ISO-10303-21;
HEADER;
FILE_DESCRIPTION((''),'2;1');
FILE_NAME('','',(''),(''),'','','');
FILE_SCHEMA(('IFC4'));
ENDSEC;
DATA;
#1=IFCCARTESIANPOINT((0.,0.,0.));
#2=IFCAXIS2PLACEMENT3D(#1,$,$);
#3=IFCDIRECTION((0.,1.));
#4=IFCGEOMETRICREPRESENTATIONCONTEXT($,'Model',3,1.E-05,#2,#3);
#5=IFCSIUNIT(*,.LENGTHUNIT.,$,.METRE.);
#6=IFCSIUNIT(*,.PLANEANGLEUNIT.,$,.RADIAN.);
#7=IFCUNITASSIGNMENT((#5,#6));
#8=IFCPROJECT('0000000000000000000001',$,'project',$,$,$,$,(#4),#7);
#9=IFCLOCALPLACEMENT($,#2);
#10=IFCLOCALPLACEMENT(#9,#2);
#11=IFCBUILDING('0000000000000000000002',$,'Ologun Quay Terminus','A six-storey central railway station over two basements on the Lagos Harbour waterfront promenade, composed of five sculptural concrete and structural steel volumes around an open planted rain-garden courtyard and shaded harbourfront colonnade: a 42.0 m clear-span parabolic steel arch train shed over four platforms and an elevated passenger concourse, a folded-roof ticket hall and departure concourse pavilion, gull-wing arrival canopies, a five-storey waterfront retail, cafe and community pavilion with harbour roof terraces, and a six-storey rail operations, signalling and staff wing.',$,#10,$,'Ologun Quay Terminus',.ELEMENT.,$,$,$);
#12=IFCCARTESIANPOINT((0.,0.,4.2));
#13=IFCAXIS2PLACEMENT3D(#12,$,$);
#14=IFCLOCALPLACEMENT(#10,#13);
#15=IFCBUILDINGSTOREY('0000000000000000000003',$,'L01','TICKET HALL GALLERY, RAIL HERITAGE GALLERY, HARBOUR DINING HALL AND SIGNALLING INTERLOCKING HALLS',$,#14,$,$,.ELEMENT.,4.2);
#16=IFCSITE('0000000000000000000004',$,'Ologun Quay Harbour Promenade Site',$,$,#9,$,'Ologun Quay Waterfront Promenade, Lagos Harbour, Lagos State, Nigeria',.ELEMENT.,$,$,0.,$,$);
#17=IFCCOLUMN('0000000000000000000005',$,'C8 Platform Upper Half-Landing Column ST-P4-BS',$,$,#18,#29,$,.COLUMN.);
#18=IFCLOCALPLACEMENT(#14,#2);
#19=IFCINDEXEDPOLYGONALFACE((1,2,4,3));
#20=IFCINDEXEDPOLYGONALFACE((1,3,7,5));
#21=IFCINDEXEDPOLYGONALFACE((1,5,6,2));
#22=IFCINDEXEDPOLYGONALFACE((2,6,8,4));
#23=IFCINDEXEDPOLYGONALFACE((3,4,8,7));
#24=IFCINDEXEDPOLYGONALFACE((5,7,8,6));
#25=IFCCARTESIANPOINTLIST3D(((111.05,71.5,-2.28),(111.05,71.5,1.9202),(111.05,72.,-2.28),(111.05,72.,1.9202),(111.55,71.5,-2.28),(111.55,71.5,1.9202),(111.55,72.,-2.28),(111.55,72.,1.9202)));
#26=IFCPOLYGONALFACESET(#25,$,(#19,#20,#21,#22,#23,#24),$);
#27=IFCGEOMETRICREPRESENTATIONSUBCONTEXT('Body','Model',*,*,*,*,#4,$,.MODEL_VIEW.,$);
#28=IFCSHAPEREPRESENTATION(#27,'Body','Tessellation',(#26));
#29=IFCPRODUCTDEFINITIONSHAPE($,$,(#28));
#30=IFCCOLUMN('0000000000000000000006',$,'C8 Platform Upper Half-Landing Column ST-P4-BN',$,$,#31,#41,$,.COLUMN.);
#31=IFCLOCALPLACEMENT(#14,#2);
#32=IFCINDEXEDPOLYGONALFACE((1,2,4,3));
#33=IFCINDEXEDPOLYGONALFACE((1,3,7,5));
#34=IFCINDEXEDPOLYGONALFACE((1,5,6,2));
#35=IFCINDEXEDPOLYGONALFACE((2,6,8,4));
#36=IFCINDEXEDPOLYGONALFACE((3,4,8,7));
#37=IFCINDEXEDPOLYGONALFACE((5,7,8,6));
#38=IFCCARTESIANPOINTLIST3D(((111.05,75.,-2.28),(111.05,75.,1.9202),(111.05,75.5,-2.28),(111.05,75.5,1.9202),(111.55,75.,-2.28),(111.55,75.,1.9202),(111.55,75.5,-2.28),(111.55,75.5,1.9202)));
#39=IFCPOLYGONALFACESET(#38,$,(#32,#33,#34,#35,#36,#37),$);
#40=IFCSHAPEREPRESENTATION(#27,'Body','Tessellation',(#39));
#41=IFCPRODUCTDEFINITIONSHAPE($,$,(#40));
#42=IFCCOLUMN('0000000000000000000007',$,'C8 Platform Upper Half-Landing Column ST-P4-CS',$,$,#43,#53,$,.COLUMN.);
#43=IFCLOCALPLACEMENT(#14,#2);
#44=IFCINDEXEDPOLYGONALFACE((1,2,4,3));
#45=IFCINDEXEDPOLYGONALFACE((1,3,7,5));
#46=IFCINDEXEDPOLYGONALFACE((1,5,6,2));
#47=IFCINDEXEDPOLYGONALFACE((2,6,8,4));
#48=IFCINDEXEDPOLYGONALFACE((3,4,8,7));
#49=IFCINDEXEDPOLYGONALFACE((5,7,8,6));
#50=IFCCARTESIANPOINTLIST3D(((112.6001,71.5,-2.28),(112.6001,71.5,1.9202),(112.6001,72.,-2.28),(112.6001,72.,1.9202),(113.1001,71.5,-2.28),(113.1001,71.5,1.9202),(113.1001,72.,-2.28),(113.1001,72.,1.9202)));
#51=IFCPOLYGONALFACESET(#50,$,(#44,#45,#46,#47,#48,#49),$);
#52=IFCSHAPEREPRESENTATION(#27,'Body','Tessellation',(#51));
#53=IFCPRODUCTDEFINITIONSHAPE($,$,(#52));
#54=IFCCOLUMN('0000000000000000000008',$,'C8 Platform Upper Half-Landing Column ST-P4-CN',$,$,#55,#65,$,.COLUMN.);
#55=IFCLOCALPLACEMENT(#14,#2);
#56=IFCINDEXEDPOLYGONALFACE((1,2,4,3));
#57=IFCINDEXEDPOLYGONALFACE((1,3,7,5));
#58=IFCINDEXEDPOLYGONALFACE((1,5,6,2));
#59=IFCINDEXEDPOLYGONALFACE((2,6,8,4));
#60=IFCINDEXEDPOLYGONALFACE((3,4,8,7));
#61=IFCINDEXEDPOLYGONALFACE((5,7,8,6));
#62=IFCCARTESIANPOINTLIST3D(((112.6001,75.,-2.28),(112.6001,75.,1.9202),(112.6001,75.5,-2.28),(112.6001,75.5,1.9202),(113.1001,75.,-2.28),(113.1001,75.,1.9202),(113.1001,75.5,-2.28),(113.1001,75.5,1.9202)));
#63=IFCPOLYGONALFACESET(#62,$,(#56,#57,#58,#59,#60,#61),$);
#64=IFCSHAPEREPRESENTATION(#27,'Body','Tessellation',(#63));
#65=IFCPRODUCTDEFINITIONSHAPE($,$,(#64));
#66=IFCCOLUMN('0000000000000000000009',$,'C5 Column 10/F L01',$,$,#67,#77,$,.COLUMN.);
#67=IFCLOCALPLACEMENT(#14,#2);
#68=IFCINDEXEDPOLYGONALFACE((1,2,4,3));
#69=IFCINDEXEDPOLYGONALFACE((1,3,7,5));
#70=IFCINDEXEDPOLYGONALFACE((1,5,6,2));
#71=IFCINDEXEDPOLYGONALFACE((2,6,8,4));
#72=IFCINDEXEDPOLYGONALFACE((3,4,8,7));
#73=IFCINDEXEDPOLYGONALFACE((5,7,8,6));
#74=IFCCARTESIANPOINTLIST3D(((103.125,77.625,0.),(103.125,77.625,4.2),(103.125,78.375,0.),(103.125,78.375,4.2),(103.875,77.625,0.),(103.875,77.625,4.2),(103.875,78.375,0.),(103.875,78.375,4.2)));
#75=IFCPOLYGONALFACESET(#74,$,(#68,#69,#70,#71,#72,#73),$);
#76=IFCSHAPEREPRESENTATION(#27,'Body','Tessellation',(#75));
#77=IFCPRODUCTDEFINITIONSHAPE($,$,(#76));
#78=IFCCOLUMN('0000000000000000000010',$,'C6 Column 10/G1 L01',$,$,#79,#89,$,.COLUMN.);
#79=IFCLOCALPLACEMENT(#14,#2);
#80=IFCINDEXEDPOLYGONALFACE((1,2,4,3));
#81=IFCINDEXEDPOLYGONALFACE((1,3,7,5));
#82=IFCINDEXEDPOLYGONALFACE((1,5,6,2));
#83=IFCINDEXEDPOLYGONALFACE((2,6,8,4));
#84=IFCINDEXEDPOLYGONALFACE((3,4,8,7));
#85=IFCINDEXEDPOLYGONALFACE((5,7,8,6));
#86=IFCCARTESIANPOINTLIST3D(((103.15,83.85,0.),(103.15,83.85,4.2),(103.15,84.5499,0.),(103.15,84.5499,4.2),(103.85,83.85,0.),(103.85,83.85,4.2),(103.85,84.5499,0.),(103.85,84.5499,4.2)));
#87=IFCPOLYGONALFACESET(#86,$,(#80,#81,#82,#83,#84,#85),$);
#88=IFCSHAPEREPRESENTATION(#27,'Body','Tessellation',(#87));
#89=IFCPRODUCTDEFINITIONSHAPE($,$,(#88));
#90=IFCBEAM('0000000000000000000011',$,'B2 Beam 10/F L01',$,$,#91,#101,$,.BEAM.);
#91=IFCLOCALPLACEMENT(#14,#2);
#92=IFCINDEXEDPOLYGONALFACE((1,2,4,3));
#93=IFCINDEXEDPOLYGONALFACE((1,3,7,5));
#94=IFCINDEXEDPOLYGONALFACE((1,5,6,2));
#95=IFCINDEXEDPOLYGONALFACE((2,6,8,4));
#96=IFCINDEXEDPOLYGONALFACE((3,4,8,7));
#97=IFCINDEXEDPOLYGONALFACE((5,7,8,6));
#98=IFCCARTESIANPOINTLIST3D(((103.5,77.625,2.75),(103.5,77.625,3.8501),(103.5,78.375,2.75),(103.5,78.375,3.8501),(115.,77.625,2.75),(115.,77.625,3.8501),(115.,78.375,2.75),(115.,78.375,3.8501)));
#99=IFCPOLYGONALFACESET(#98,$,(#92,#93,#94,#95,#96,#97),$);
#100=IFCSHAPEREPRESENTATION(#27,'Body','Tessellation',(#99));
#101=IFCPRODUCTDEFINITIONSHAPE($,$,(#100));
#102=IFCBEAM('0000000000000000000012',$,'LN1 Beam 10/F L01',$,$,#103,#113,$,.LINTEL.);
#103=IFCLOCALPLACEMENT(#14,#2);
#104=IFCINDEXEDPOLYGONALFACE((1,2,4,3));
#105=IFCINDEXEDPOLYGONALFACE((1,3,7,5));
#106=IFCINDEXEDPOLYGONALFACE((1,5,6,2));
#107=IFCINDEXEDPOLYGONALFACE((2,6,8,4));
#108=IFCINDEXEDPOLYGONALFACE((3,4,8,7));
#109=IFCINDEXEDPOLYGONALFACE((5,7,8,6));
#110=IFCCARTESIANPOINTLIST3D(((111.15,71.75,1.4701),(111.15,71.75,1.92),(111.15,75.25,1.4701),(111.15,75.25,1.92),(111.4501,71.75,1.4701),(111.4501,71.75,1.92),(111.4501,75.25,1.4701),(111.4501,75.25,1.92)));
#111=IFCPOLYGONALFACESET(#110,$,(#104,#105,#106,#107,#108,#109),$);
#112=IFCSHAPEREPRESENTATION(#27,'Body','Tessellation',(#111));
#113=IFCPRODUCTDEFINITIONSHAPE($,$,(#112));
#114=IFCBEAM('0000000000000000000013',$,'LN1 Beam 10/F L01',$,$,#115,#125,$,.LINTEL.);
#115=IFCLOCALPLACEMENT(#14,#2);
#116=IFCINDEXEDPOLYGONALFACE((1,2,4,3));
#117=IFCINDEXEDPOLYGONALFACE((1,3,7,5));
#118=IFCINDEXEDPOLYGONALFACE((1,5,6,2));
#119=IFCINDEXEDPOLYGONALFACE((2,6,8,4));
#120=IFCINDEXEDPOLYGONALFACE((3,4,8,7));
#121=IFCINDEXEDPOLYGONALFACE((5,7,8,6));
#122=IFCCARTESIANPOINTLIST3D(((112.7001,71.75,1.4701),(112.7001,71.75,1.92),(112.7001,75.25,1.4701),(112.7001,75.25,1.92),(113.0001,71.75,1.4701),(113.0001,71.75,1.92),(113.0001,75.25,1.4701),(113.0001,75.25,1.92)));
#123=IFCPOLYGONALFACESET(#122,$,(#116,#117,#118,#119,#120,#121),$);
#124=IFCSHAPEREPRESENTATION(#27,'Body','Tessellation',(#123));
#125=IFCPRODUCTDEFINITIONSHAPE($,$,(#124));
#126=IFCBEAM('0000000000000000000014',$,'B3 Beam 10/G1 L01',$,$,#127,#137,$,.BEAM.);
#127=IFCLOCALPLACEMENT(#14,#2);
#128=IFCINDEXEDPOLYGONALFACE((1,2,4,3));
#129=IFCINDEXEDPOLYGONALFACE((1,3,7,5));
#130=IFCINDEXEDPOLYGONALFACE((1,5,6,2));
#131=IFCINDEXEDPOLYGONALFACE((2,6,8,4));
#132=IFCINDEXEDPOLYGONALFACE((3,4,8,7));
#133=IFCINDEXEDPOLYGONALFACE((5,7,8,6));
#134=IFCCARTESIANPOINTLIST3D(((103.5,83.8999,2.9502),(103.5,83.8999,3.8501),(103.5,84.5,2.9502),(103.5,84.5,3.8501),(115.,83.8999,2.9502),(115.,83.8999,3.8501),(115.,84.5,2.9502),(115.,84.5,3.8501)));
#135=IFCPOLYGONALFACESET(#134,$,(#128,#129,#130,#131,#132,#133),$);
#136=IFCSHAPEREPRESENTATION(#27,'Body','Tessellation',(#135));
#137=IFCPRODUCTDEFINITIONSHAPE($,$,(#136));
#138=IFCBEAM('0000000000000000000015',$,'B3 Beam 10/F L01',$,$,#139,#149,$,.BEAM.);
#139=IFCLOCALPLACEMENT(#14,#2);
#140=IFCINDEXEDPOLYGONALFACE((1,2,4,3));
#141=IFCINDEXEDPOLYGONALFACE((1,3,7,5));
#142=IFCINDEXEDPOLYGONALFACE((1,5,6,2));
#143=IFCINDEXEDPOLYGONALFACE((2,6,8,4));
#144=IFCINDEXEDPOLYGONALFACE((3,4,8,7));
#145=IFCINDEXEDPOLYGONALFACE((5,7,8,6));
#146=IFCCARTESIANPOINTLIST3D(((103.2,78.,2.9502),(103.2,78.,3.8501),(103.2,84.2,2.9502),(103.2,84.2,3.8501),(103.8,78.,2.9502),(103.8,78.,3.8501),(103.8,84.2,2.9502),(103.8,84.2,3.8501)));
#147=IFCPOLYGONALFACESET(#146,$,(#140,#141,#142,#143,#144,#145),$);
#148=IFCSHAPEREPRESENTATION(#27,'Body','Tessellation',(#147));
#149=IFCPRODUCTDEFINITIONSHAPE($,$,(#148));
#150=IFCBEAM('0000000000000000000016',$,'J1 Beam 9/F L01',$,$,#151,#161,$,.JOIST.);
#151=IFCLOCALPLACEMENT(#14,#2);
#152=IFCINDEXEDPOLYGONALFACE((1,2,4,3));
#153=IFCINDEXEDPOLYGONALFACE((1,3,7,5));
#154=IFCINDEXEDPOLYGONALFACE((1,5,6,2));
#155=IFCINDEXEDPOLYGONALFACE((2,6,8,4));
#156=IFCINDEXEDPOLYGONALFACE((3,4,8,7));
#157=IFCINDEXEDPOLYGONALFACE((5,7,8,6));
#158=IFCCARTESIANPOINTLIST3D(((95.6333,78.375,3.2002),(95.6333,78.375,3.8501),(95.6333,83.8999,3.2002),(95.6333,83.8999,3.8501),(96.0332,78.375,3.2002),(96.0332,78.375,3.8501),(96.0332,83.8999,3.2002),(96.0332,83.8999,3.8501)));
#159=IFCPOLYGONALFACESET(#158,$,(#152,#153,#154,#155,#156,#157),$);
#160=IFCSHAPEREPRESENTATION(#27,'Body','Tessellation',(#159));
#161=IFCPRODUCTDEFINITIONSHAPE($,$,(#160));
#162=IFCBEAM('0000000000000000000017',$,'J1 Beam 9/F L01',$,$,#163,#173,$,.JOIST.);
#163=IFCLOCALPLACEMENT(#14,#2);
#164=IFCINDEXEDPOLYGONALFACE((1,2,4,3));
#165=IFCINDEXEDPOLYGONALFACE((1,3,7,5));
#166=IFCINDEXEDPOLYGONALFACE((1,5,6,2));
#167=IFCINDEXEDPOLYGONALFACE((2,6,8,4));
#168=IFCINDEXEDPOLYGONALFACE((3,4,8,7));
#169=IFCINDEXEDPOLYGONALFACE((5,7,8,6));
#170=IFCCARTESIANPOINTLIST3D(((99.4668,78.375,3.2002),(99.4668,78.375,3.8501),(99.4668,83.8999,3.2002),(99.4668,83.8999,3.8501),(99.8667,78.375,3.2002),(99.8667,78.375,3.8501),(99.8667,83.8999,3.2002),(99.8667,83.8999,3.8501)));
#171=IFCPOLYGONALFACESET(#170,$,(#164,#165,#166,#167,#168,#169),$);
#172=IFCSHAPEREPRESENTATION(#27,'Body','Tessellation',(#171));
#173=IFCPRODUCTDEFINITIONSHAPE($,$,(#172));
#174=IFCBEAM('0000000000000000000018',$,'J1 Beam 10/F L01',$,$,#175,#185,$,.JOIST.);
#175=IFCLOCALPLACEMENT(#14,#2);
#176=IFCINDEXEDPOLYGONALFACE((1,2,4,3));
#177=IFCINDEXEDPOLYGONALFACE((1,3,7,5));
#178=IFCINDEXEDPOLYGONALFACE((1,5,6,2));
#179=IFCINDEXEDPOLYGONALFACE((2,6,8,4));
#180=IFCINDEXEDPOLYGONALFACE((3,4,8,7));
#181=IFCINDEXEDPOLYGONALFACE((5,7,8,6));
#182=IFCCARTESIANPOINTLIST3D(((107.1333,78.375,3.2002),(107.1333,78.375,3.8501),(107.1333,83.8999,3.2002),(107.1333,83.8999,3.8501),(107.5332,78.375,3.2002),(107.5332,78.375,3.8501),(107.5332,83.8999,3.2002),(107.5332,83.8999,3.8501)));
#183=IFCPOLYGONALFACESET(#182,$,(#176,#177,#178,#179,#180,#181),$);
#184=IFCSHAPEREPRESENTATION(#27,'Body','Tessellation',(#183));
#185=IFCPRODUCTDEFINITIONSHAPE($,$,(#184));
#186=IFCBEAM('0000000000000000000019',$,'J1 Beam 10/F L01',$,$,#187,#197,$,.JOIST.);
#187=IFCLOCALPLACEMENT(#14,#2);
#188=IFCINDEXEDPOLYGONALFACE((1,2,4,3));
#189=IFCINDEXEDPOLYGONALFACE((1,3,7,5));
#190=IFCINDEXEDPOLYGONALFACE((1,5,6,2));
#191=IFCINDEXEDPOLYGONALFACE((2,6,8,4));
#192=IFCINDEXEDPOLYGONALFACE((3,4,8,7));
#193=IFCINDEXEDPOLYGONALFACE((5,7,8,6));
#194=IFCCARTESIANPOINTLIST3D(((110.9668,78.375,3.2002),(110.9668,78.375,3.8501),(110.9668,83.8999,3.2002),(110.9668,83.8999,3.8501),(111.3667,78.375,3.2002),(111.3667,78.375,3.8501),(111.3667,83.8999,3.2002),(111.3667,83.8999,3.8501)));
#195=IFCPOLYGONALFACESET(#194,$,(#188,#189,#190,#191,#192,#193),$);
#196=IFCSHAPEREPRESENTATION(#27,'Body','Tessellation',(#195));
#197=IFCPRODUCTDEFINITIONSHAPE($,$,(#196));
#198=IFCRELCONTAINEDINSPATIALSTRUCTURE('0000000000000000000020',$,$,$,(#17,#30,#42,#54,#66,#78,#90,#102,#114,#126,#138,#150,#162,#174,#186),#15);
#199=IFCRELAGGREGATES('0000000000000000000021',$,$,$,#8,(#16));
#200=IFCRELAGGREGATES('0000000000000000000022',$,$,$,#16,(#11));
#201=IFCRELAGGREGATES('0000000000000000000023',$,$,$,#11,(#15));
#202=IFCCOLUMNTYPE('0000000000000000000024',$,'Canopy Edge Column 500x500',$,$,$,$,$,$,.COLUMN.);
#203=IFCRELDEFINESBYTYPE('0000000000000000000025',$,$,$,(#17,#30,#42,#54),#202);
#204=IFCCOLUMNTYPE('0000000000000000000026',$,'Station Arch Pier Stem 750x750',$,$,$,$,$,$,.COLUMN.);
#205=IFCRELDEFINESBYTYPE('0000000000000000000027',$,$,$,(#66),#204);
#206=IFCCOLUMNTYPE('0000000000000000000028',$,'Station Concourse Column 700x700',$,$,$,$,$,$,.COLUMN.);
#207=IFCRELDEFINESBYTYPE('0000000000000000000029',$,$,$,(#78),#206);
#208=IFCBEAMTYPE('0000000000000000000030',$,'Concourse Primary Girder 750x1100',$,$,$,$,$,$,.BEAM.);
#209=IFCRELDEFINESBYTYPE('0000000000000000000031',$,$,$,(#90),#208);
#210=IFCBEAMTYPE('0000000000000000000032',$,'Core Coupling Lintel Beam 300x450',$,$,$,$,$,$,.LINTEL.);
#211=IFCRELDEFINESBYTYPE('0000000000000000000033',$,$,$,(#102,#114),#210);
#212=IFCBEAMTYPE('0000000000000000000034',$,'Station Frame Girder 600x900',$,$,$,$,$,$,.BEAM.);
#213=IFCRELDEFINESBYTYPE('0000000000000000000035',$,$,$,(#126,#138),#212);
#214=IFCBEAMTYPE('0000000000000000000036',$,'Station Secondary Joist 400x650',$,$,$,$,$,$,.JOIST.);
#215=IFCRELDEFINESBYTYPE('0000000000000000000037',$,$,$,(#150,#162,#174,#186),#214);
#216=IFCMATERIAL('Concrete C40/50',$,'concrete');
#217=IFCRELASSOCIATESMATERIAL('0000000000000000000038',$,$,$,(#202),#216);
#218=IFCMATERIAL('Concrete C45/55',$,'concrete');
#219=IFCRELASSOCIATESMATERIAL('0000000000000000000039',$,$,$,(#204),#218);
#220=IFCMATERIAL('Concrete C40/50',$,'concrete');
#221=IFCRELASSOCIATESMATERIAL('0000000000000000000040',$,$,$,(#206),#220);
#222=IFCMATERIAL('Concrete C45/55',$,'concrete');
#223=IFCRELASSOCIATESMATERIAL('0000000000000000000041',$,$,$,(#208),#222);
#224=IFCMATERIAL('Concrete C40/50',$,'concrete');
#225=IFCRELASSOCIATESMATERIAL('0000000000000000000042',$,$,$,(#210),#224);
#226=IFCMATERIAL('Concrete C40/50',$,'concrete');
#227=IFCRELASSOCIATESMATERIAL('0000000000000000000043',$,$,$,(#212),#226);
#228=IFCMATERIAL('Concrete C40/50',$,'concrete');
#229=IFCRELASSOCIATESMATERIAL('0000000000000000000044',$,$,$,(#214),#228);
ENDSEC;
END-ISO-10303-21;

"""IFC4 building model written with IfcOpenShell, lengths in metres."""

from ifc_helpers import new_model, si_unit, direction, frame, origin, origin_2d, place, context, subcontext, project, spatial, rectangle, extrude, material, material_profile, profile_set, type_object, element, save


model = new_model("IFC4")

# Units and contexts
model_context = context("Model", 3, precision=1e-05, world=origin(), true_north=direction((0.0, 1.0)))
body_context = subcontext(model_context, "Body", "Model", "MODEL_VIEW")
ifc_project = project(units=[si_unit("LENGTHUNIT", "METRE"), si_unit("PLANEANGLEUNIT", "RADIAN")], contexts=[model_context])

# Site, building, storey
site_placement = place(None, origin())
site = spatial("IfcSite", under=ifc_project, at=site_placement, Name="Ologun Quay Harbour Promenade Site", LongName="Ologun Quay Waterfront Promenade, Lagos Harbour, Lagos State, Nigeria", CompositionType="ELEMENT", RefElevation=0.0)
building_placement = place(site_placement, origin())
building = spatial("IfcBuilding", under=site, at=building_placement, Name="Ologun Quay Terminus", Description="A six-storey central railway station over two basements on the Lagos Harbour waterfront promenade, composed of five sculptural concrete and structural steel volumes around an open planted rain-garden courtyard and shaded harbourfront colonnade: a 42.0 m clear-span parabolic steel arch train shed over four platforms and an elevated passenger concourse, a folded-roof ticket hall and departure concourse pavilion, gull-wing arrival canopies, a five-storey waterfront retail, cafe and community pavilion with harbour roof terraces, and a six-storey rail operations, signalling and staff wing.", LongName="Ologun Quay Terminus", CompositionType="ELEMENT")
storey_placement = place(building_placement, frame((0.0, 0.0, 4.2)))
storey = spatial("IfcBuildingStorey", under=building, at=storey_placement, Name="L01", Description="TICKET HALL GALLERY, RAIL HERITAGE GALLERY, HARBOUR DINING HALL AND SIGNALLING INTERLOCKING HALLS", CompositionType="ELEMENT", Elevation=4.2)

# Columns
ifc_material_1 = material(Name="Concrete C40/50", Category="concrete")
ifc_material_profile_1 = material_profile(ifc_material_1, rectangle(XDim=0.5, YDim=0.5, at=origin_2d()), Name="RC 500x500")
ifc_profile_set_1 = profile_set([ifc_material_profile_1], Name="Concrete C40/50")
column_type_1 = type_object("IfcColumnType", Name="Canopy Edge Column 500x500", PredefinedType="COLUMN", material=ifc_profile_set_1)
for number, where, z_axis, x_axis, name in (
    (1, (111.3, 71.75, -2.28), (0.0, 0.0, 1.0), (1.0, 0.0, 0.0), "C8 Platform Upper Half-Landing Column ST-P4-BS"),
    (2, (111.3, 75.25, -2.28), (0.0, 0.0, 1.0), (1.0, 0.0, 0.0), "C8 Platform Upper Half-Landing Column ST-P4-BN"),
    (3, (112.8501, 71.75, -2.28), (0.0, 0.0, 1.0), (1.0, 0.0, 0.0), "C8 Platform Upper Half-Landing Column ST-P4-CS"),
    (4, (112.8501, 75.25, -2.28), (0.0, 0.0, 1.0), (1.0, 0.0, 0.0), "C8 Platform Upper Half-Landing Column ST-P4-CN"),
):
    element("IfcColumn", number, at=place(storey_placement, frame(where, z_axis=z_axis, x_axis=x_axis)), inside=storey, type_object=column_type_1, Name=name, PredefinedType="COLUMN", context=body_context, shape_type="SweptSolid", body=[
        extrude(rectangle(XDim=0.5, YDim=0.5, at=origin_2d()), origin(), (0.0, 0.0, 1.0), 4.2002),
    ])
ifc_material_2 = material(Name="Concrete C45/55", Category="concrete")
ifc_material_profile_2 = material_profile(ifc_material_2, rectangle(XDim=0.75, YDim=0.75, at=origin_2d()), Name="RC 750x750")
ifc_profile_set_2 = profile_set([ifc_material_profile_2], Name="Concrete C45/55")
column_type_2 = type_object("IfcColumnType", Name="Station Arch Pier Stem 750x750", PredefinedType="COLUMN", material=ifc_profile_set_2)
column_1_placement = place(storey_placement, frame((103.5, 78.0, 0.0), z_axis=(0.0, 0.0, 1.0), x_axis=(1.0, 0.0, 0.0)))
element("IfcColumn", 5, at=column_1_placement, inside=storey, type_object=column_type_2, Name="C5 Column 10/F L01", PredefinedType="COLUMN", context=body_context, shape_type="SweptSolid", body=[
    extrude(rectangle(XDim=0.75, YDim=0.75, at=origin_2d()), origin(), (0.0, 0.0, 1.0), 4.2),
])
ifc_material_3 = material(Name="Concrete C40/50", Category="concrete")
ifc_material_profile_3 = material_profile(ifc_material_3, rectangle(XDim=0.7, YDim=0.7, at=origin_2d()), Name="RC 700x700")
ifc_profile_set_3 = profile_set([ifc_material_profile_3], Name="Concrete C40/50")
column_type_3 = type_object("IfcColumnType", Name="Station Concourse Column 700x700", PredefinedType="COLUMN", material=ifc_profile_set_3)
column_2_placement = place(storey_placement, frame((103.5, 84.2, 0.0), z_axis=(0.0, 0.0, 1.0), x_axis=(1.0, 0.0, 0.0)))
element("IfcColumn", 6, at=column_2_placement, inside=storey, type_object=column_type_3, Name="C6 Column 10/G1 L01", PredefinedType="COLUMN", context=body_context, shape_type="SweptSolid", body=[
    extrude(rectangle(XDim=0.7, YDim=0.7, at=origin_2d()), origin(), (0.0, 0.0, 1.0), 4.2),
])

# Beams
ifc_material_4 = material(Name="Concrete C45/55", Category="concrete")
ifc_material_profile_4 = material_profile(ifc_material_4, rectangle(XDim=0.75, YDim=1.1001, at=origin_2d()), Name="RC 750x1100")
ifc_profile_set_4 = profile_set([ifc_material_profile_4], Name="Concrete C45/55")
beam_type_1 = type_object("IfcBeamType", Name="Concourse Primary Girder 750x1100", PredefinedType="BEAM", material=ifc_profile_set_4)
beam_1_placement = place(storey_placement, frame((103.5, 78.0, 3.3), z_axis=(1.0, 0.0, 0.0), x_axis=(0.0, 1.0, 0.0)))
element("IfcBeam", 7, at=beam_1_placement, inside=storey, type_object=beam_type_1, Name="B2 Beam 10/F L01", PredefinedType="BEAM", context=body_context, shape_type="SweptSolid", body=[
    extrude(rectangle(XDim=0.75, YDim=1.1001, at=origin_2d()), origin(), (0.0, 0.0, 1.0), 11.5),
])
ifc_material_5 = material(Name="Concrete C40/50", Category="concrete")
ifc_material_profile_5 = material_profile(ifc_material_5, rectangle(XDim=0.3, YDim=0.45, at=origin_2d()), Name="RC 300x450")
ifc_profile_set_5 = profile_set([ifc_material_profile_5], Name="Concrete C40/50")
beam_type_2 = type_object("IfcBeamType", Name="Core Coupling Lintel Beam 300x450", PredefinedType="LINTEL", material=ifc_profile_set_5)
for number, where, z_axis, x_axis, name in (
    (8, (111.3, 71.75, 1.6951), (0.0, 1.0, 0.0), (-1.0, 0.0, 0.0), "LN1 Beam 10/F L01"),
    (9, (112.8501, 71.75, 1.6951), (0.0, 1.0, 0.0), (-1.0, 0.0, 0.0), "LN1 Beam 10/F L01"),
):
    element("IfcBeam", number, at=place(storey_placement, frame(where, z_axis=z_axis, x_axis=x_axis)), inside=storey, type_object=beam_type_2, Name=name, PredefinedType="LINTEL", context=body_context, shape_type="SweptSolid", body=[
        extrude(rectangle(XDim=0.3, YDim=0.45, at=origin_2d()), origin(), (0.0, 0.0, 1.0), 3.5),
    ])
ifc_material_6 = material(Name="Concrete C40/50", Category="concrete")
ifc_material_profile_6 = material_profile(ifc_material_6, rectangle(XDim=0.6001, YDim=0.8999, at=origin_2d()), Name="RC 600x900")
ifc_profile_set_6 = profile_set([ifc_material_profile_6], Name="Concrete C40/50")
beam_type_3 = type_object("IfcBeamType", Name="Station Frame Girder 600x900", PredefinedType="BEAM", material=ifc_profile_set_6)
beam_2_placement = place(storey_placement, frame((103.5, 84.2, 3.4001), z_axis=(1.0, 0.0, 0.0), x_axis=(0.0, 1.0, 0.0)))
element("IfcBeam", 10, at=beam_2_placement, inside=storey, type_object=beam_type_3, Name="B3 Beam 10/G1 L01", PredefinedType="BEAM", context=body_context, shape_type="SweptSolid", body=[
    extrude(rectangle(XDim=0.6001, YDim=0.8999, at=origin_2d()), origin(), (0.0, 0.0, 1.0), 11.5),
])
beam_3_placement = place(storey_placement, frame((103.5, 78.0, 3.4001), z_axis=(0.0, 1.0, 0.0), x_axis=(-1.0, 0.0, 0.0)))
element("IfcBeam", 11, at=beam_3_placement, inside=storey, type_object=beam_type_3, Name="B3 Beam 10/F L01", PredefinedType="BEAM", context=body_context, shape_type="SweptSolid", body=[
    extrude(rectangle(XDim=0.6001, YDim=0.8999, at=origin_2d()), origin(), (0.0, 0.0, 1.0), 6.2),
])
ifc_material_7 = material(Name="Concrete C40/50", Category="concrete")
ifc_material_profile_7 = material_profile(ifc_material_7, rectangle(XDim=0.3999, YDim=0.6499, at=origin_2d()), Name="RC 400x650")
ifc_profile_set_7 = profile_set([ifc_material_profile_7], Name="Concrete C40/50")
beam_type_4 = type_object("IfcBeamType", Name="Station Secondary Joist 400x650", PredefinedType="JOIST", material=ifc_profile_set_7)
for number, where, z_axis, x_axis, name in (
    (12, (95.8333, 78.375, 3.5251), (0.0, 1.0, 0.0), (-1.0, 0.0, 0.0), "J1 Beam 9/F L01"),
    (13, (99.6667, 78.375, 3.5251), (0.0, 1.0, 0.0), (-1.0, 0.0, 0.0), "J1 Beam 9/F L01"),
    (14, (107.3333, 78.375, 3.5251), (0.0, 1.0, 0.0), (-1.0, 0.0, 0.0), "J1 Beam 10/F L01"),
    (15, (111.1667, 78.375, 3.5251), (0.0, 1.0, 0.0), (-1.0, 0.0, 0.0), "J1 Beam 10/F L01"),
):
    element("IfcBeam", number, at=place(storey_placement, frame(where, z_axis=z_axis, x_axis=x_axis)), inside=storey, type_object=beam_type_4, Name=name, PredefinedType="JOIST", context=body_context, shape_type="SweptSolid", body=[
        extrude(rectangle(XDim=0.3999, YDim=0.6499, at=origin_2d()), origin(), (0.0, 0.0, 1.0), 5.5249),
    ])

save(model, "model.ifc")
